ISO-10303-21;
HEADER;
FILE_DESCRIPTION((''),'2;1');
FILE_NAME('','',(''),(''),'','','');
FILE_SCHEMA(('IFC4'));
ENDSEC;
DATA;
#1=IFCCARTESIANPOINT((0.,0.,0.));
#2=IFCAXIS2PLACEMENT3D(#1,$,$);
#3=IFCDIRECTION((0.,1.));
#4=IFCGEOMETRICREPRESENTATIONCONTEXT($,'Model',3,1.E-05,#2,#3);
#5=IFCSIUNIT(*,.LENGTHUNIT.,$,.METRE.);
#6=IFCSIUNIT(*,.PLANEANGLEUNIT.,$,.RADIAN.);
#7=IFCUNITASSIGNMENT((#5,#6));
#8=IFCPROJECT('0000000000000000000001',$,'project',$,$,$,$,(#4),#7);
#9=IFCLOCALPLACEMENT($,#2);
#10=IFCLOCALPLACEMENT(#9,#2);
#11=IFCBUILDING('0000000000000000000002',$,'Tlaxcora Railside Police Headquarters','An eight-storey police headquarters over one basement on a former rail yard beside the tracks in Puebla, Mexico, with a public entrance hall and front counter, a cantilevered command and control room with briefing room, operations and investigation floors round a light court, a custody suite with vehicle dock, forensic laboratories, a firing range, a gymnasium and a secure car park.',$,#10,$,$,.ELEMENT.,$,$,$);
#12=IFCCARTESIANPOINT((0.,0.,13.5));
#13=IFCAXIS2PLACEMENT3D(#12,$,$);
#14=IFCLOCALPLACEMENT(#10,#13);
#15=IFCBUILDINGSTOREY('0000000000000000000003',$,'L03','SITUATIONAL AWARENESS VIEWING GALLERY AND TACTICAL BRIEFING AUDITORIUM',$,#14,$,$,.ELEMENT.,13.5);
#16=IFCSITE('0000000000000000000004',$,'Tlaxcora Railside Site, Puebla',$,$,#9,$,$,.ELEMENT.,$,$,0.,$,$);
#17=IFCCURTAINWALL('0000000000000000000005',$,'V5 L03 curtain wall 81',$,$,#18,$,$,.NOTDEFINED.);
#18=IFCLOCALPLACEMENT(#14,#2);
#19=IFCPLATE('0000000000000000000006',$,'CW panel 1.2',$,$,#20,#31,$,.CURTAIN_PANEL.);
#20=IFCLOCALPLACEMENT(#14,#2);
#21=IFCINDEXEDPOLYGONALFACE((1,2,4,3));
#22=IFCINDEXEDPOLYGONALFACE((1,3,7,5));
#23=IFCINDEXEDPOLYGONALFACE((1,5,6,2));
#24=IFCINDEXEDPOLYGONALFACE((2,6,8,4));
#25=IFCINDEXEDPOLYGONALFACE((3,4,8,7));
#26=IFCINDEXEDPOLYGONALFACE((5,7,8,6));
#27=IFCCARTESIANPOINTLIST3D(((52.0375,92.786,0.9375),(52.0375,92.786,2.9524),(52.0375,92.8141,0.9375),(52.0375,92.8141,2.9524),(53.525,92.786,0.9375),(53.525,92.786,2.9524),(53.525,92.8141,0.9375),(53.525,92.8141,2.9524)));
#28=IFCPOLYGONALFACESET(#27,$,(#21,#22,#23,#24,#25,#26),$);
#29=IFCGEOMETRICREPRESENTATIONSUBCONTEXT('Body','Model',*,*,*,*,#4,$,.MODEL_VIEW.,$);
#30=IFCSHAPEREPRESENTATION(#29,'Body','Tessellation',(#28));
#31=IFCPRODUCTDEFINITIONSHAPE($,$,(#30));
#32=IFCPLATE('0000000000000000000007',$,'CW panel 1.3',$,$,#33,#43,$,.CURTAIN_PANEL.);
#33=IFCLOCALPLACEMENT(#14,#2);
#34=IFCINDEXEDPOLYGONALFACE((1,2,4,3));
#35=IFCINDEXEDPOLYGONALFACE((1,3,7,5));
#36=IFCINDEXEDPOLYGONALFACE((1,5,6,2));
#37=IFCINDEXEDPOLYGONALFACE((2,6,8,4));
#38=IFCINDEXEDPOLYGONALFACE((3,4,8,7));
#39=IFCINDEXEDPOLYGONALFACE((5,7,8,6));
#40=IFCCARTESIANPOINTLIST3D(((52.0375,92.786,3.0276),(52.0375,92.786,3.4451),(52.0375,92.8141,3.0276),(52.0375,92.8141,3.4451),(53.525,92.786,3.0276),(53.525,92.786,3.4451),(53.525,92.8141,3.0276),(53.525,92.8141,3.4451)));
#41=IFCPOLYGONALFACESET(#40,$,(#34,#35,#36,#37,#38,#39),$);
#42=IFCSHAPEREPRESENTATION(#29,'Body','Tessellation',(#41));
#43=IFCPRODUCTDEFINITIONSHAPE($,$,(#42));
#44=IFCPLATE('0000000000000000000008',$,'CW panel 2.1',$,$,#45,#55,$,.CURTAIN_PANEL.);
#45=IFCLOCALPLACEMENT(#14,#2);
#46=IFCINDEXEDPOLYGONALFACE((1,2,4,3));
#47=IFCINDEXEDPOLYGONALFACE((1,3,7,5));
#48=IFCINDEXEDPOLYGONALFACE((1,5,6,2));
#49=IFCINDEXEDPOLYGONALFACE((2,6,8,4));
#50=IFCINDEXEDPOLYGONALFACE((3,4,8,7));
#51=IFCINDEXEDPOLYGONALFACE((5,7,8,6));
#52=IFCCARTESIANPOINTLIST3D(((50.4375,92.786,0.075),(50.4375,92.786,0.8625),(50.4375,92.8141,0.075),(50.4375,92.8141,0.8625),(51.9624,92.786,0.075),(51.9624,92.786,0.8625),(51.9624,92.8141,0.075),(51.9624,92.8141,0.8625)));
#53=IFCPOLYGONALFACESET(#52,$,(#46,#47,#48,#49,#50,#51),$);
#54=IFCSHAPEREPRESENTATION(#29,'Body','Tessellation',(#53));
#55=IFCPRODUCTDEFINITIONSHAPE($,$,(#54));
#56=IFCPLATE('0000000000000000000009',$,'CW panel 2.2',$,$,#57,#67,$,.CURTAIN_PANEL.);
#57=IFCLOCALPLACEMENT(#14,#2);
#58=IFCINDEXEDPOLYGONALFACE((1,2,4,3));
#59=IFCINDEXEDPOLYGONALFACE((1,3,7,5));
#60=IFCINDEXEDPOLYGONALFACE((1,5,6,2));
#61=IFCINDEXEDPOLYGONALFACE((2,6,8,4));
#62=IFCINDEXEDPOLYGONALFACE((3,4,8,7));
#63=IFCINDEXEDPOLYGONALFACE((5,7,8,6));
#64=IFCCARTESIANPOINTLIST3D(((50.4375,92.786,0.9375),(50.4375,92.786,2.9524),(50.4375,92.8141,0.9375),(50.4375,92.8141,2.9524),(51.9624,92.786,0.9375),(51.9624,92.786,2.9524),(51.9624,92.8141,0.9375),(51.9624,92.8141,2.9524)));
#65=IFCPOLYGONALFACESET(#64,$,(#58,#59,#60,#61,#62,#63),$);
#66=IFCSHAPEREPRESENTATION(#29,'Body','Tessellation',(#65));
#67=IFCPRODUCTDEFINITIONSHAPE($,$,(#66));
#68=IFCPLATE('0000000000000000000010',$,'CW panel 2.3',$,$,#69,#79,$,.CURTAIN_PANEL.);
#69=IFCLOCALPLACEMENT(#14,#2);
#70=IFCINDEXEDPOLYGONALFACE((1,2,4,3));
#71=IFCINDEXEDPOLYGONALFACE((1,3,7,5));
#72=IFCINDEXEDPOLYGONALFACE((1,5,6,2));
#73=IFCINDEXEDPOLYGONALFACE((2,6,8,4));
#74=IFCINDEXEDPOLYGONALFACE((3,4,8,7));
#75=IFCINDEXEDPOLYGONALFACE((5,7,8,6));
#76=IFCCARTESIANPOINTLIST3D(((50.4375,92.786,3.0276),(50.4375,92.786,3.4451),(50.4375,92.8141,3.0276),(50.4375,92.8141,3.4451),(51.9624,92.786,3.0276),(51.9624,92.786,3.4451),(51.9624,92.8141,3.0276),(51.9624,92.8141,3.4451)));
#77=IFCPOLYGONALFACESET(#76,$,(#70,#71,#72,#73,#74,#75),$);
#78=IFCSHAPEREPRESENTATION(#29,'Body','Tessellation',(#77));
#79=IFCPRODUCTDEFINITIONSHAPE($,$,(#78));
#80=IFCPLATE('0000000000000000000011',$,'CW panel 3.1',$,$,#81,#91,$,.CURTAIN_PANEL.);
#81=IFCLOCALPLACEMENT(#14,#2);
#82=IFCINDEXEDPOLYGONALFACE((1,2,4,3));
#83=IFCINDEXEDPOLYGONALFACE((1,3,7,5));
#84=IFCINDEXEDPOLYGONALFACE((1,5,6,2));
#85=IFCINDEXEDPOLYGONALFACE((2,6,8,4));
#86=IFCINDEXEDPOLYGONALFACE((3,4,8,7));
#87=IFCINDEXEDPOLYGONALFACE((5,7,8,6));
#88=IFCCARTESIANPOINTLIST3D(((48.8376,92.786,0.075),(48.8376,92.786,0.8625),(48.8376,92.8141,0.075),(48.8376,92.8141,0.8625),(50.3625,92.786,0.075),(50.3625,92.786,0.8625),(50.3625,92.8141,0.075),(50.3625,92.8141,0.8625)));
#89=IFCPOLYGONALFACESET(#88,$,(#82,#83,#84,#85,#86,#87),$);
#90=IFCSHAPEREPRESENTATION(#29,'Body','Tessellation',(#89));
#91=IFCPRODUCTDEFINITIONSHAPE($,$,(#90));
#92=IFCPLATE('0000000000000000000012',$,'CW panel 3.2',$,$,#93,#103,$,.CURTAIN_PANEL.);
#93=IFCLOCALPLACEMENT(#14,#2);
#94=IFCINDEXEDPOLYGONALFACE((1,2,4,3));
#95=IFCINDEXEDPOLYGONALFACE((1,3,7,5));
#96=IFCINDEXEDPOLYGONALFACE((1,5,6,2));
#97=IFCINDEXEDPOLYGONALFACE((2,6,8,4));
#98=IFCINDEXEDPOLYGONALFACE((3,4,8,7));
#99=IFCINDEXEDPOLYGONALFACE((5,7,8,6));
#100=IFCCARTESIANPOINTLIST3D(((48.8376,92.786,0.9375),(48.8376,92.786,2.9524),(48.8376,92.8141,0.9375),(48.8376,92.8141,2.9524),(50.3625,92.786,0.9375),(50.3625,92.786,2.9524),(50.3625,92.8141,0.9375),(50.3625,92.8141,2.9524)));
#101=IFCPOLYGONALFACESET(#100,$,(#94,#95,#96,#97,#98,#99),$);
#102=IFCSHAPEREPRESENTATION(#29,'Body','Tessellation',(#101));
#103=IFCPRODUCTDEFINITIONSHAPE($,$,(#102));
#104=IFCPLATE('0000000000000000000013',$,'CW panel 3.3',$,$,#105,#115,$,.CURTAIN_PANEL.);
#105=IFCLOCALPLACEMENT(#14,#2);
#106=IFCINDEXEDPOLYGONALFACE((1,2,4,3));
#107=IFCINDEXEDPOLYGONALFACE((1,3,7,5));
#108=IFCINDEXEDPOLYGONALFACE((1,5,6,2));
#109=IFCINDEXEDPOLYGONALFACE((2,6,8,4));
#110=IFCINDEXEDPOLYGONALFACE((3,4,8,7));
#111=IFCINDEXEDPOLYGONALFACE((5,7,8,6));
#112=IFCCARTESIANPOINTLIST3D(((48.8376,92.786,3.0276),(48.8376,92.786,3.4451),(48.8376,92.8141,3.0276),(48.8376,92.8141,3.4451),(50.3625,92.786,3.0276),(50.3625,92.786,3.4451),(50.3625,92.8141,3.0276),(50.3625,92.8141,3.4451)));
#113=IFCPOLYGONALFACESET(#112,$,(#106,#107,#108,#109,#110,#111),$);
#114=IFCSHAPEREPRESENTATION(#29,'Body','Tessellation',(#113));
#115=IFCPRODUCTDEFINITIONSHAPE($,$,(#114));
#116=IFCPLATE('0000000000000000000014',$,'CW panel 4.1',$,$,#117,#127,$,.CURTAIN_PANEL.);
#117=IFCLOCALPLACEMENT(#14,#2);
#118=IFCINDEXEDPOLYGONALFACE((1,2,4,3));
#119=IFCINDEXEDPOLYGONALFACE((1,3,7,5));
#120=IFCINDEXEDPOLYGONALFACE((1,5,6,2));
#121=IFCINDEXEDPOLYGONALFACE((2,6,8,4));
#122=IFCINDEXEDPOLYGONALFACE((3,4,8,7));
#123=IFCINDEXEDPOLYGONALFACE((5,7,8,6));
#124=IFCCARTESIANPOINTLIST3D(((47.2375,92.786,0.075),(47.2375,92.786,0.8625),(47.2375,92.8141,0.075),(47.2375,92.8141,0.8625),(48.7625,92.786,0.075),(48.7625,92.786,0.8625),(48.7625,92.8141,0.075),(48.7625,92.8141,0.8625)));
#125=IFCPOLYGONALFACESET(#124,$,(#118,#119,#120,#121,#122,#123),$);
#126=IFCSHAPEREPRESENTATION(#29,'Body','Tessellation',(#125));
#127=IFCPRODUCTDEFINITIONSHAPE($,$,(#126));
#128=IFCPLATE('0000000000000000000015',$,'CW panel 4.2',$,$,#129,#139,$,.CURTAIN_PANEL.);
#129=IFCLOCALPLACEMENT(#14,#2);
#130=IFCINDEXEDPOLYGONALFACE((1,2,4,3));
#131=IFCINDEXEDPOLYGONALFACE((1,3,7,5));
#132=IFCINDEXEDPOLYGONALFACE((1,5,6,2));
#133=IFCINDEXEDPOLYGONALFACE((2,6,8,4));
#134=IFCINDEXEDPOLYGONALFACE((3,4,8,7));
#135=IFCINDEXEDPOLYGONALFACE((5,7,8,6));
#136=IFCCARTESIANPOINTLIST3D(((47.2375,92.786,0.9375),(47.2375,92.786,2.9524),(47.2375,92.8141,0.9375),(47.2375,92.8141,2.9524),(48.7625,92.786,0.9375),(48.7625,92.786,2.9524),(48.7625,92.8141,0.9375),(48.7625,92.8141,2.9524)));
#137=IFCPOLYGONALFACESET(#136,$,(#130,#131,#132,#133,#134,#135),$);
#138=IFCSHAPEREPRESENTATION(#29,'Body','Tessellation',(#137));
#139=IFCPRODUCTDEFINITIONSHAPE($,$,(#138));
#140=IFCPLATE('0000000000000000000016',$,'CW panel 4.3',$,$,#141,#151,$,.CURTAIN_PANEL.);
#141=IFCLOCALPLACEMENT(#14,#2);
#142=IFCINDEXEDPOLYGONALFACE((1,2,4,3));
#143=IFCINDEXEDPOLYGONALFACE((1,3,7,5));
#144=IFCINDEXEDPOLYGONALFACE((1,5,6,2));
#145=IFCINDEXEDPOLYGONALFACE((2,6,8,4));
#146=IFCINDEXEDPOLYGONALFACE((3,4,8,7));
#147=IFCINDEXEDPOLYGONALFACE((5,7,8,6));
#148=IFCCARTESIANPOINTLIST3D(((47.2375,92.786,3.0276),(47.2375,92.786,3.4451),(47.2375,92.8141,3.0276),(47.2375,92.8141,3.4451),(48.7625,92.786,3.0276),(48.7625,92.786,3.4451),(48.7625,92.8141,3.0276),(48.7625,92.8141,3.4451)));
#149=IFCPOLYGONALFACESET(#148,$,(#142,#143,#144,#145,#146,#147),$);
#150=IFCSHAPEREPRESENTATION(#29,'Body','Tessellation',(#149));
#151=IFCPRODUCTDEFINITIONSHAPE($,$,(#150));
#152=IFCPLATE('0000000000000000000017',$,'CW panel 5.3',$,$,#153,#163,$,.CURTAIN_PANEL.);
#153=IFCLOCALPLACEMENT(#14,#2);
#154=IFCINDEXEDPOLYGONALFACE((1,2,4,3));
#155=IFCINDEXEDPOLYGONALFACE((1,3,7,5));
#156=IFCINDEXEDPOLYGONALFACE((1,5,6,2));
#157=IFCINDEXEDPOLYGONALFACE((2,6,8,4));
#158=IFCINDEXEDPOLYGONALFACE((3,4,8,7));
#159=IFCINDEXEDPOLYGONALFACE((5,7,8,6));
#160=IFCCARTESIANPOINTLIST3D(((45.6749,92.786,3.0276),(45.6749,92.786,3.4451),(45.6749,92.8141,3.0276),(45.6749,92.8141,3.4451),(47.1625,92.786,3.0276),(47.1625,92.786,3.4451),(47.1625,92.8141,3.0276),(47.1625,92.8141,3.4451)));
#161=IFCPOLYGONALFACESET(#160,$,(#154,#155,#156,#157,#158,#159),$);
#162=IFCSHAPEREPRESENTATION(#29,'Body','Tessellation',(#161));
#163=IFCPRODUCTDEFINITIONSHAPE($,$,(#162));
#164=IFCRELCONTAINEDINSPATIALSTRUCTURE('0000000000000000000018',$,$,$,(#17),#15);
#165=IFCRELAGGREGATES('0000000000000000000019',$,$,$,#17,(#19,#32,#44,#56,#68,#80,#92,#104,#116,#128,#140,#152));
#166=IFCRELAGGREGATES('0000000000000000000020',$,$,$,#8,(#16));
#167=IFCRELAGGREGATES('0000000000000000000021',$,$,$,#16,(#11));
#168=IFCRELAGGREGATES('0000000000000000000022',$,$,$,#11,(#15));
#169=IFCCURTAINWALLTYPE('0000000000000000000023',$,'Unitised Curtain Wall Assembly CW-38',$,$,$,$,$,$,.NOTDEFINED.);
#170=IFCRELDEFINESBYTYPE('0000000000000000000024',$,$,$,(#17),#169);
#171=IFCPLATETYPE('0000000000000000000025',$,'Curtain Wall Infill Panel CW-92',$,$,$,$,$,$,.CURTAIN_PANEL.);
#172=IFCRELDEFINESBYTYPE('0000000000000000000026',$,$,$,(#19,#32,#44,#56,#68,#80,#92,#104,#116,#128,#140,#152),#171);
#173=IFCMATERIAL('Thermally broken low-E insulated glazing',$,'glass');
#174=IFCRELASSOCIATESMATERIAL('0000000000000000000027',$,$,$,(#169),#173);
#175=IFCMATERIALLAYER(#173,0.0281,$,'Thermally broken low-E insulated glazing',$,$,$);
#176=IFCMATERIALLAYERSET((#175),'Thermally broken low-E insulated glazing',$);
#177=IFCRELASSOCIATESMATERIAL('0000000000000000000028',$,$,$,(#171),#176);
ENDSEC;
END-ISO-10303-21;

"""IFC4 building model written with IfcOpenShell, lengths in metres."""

from ifc_helpers import new_model, si_unit, direction, frame, origin, origin_2d, place, context, subcontext, project, spatial, rectangle, extrude, material, layer, layer_set, type_object, element, aggregate, save


model = new_model("IFC4")

# Units and contexts
model_context = context("Model", 3, precision=1e-05, world=origin(), true_north=direction((0.0, 1.0)))
body_context = subcontext(model_context, "Body", "Model", "MODEL_VIEW")
ifc_project = project(units=[si_unit("LENGTHUNIT", "METRE"), si_unit("PLANEANGLEUNIT", "RADIAN")], contexts=[model_context])

# Site, building, storey
site_placement = place(None, origin())
site = spatial("IfcSite", under=ifc_project, at=site_placement, Name="Tlaxcora Railside Site, Puebla", CompositionType="ELEMENT", RefElevation=0.0)
building_placement = place(site_placement, origin())
building = spatial("IfcBuilding", under=site, at=building_placement, Name="Tlaxcora Railside Police Headquarters", Description="An eight-storey police headquarters over one basement on a former rail yard beside the tracks in Puebla, Mexico, with a public entrance hall and front counter, a cantilevered command and control room with briefing room, operations and investigation floors round a light court, a custody suite with vehicle dock, forensic laboratories, a firing range, a gymnasium and a secure car park.", CompositionType="ELEMENT")
storey_placement = place(building_placement, frame((0.0, 0.0, 13.5)))
storey = spatial("IfcBuildingStorey", under=building, at=storey_placement, Name="L03", Description="SITUATIONAL AWARENESS VIEWING GALLERY AND TACTICAL BRIEFING AUDITORIUM", CompositionType="ELEMENT", Elevation=13.5)

# Curtain wall
ifc_material_1 = material(Name="Thermally broken low-E insulated glazing", Category="glass")
curtain_wall_type = type_object("IfcCurtainWallType", Name="Unitised Curtain Wall Assembly CW-38", PredefinedType="NOTDEFINED", material=ifc_material_1)
curtain_wall_placement = place(storey_placement, origin())
curtain_wall = element("IfcCurtainWall", 1, at=curtain_wall_placement, inside=storey, type_object=curtain_wall_type, Name="V5 L03 curtain wall 81", PredefinedType="NOTDEFINED")

# Plates
ifc_layer = layer(ifc_material_1, 0.0281, Name="Thermally broken low-E insulated glazing")
ifc_layer_set = layer_set([ifc_layer], Name="Thermally broken low-E insulated glazing")
plate_type = type_object("IfcPlateType", Name="Curtain Wall Infill Panel CW-92", PredefinedType="CURTAIN_PANEL", material=ifc_layer_set)
plate_1_placement = place(storey_placement, frame((52.7812, 92.8, 0.9375), z_axis=(0.0, 0.0, 1.0), x_axis=(-1.0, 0.0, 0.0)))
plate_1 = element("IfcPlate", 2, at=plate_1_placement, type_object=plate_type, Name="CW panel 1.2", PredefinedType="CURTAIN_PANEL", context=body_context, shape_type="SweptSolid", body=[
    extrude(rectangle(XDim=1.4875, YDim=0.0281, at=origin_2d()), origin(), (0.0, 0.0, 1.0), 2.0149),
])
plate_2_placement = place(storey_placement, frame((52.7812, 92.8, 3.0276), z_axis=(0.0, 0.0, 1.0), x_axis=(-1.0, 0.0, 0.0)))
plate_2 = element("IfcPlate", 3, at=plate_2_placement, type_object=plate_type, Name="CW panel 1.3", PredefinedType="CURTAIN_PANEL", context=body_context, shape_type="SweptSolid", body=[
    extrude(rectangle(XDim=1.4875, YDim=0.0281, at=origin_2d()), origin(), (0.0, 0.0, 1.0), 0.4175),
])
plate_3_placement = place(storey_placement, frame((51.2, 92.8, 0.075), z_axis=(0.0, 0.0, 1.0), x_axis=(-1.0, 0.0, 0.0)))
plate_3 = element("IfcPlate", 4, at=plate_3_placement, type_object=plate_type, Name="CW panel 2.1", PredefinedType="CURTAIN_PANEL", context=body_context, shape_type="SweptSolid", body=[
    extrude(rectangle(XDim=1.5249, YDim=0.0281, at=origin_2d()), origin(), (0.0, 0.0, 1.0), 0.7876),
])
plate_4_placement = place(storey_placement, frame((51.2, 92.8, 0.9375), z_axis=(0.0, 0.0, 1.0), x_axis=(-1.0, 0.0, 0.0)))
plate_4 = element("IfcPlate", 5, at=plate_4_placement, type_object=plate_type, Name="CW panel 2.2", PredefinedType="CURTAIN_PANEL", context=body_context, shape_type="SweptSolid", body=[
    extrude(rectangle(XDim=1.5249, YDim=0.0281, at=origin_2d()), origin(), (0.0, 0.0, 1.0), 2.0149),
])
plate_5_placement = place(storey_placement, frame((51.2, 92.8, 3.0276), z_axis=(0.0, 0.0, 1.0), x_axis=(-1.0, 0.0, 0.0)))
plate_5 = element("IfcPlate", 6, at=plate_5_placement, type_object=plate_type, Name="CW panel 2.3", PredefinedType="CURTAIN_PANEL", context=body_context, shape_type="SweptSolid", body=[
    extrude(rectangle(XDim=1.5249, YDim=0.0281, at=origin_2d()), origin(), (0.0, 0.0, 1.0), 0.4175),
])
plate_6_placement = place(storey_placement, frame((49.6001, 92.8, 0.075), z_axis=(0.0, 0.0, 1.0), x_axis=(-1.0, 0.0, 0.0)))
plate_6 = element("IfcPlate", 7, at=plate_6_placement, type_object=plate_type, Name="CW panel 3.1", PredefinedType="CURTAIN_PANEL", context=body_context, shape_type="SweptSolid", body=[
    extrude(rectangle(XDim=1.5249, YDim=0.0281, at=origin_2d()), origin(), (0.0, 0.0, 1.0), 0.7876),
])
plate_7_placement = place(storey_placement, frame((49.6001, 92.8, 0.9375), z_axis=(0.0, 0.0, 1.0), x_axis=(-1.0, 0.0, 0.0)))
plate_7 = element("IfcPlate", 8, at=plate_7_placement, type_object=plate_type, Name="CW panel 3.2", PredefinedType="CURTAIN_PANEL", context=body_context, shape_type="SweptSolid", body=[
    extrude(rectangle(XDim=1.5249, YDim=0.0281, at=origin_2d()), origin(), (0.0, 0.0, 1.0), 2.0149),
])
plate_8_placement = place(storey_placement, frame((49.6001, 92.8, 3.0276), z_axis=(0.0, 0.0, 1.0), x_axis=(-1.0, 0.0, 0.0)))
plate_8 = element("IfcPlate", 9, at=plate_8_placement, type_object=plate_type, Name="CW panel 3.3", PredefinedType="CURTAIN_PANEL", context=body_context, shape_type="SweptSolid", body=[
    extrude(rectangle(XDim=1.5249, YDim=0.0281, at=origin_2d()), origin(), (0.0, 0.0, 1.0), 0.4175),
])
plate_9_placement = place(storey_placement, frame((48.0, 92.8, 0.075), z_axis=(0.0, 0.0, 1.0), x_axis=(-1.0, 0.0, 0.0)))
plate_9 = element("IfcPlate", 10, at=plate_9_placement, type_object=plate_type, Name="CW panel 4.1", PredefinedType="CURTAIN_PANEL", context=body_context, shape_type="SweptSolid", body=[
    extrude(rectangle(XDim=1.5249, YDim=0.0281, at=origin_2d()), origin(), (0.0, 0.0, 1.0), 0.7876),
])
plate_10_placement = place(storey_placement, frame((48.0, 92.8, 0.9375), z_axis=(0.0, 0.0, 1.0), x_axis=(-1.0, 0.0, 0.0)))
plate_10 = element("IfcPlate", 11, at=plate_10_placement, type_object=plate_type, Name="CW panel 4.2", PredefinedType="CURTAIN_PANEL", context=body_context, shape_type="SweptSolid", body=[
    extrude(rectangle(XDim=1.5249, YDim=0.0281, at=origin_2d()), origin(), (0.0, 0.0, 1.0), 2.0149),
])
plate_11_placement = place(storey_placement, frame((48.0, 92.8, 3.0276), z_axis=(0.0, 0.0, 1.0), x_axis=(-1.0, 0.0, 0.0)))
plate_11 = element("IfcPlate", 12, at=plate_11_placement, type_object=plate_type, Name="CW panel 4.3", PredefinedType="CURTAIN_PANEL", context=body_context, shape_type="SweptSolid", body=[
    extrude(rectangle(XDim=1.5249, YDim=0.0281, at=origin_2d()), origin(), (0.0, 0.0, 1.0), 0.4175),
])
plate_12_placement = place(storey_placement, frame((46.4187, 92.8, 3.0276), z_axis=(0.0, 0.0, 1.0), x_axis=(-1.0, 0.0, 0.0)))
plate_12 = element("IfcPlate", 13, at=plate_12_placement, type_object=plate_type, Name="CW panel 5.3", PredefinedType="CURTAIN_PANEL", context=body_context, shape_type="SweptSolid", body=[
    extrude(rectangle(XDim=1.4875, YDim=0.0281, at=origin_2d()), origin(), (0.0, 0.0, 1.0), 0.4175),
])
aggregate(curtain_wall, [plate_1, plate_2, plate_3, plate_4, plate_5, plate_6, plate_7, plate_8, plate_9, plate_10, plate_11, plate_12])

save(model, "model.ifc")
